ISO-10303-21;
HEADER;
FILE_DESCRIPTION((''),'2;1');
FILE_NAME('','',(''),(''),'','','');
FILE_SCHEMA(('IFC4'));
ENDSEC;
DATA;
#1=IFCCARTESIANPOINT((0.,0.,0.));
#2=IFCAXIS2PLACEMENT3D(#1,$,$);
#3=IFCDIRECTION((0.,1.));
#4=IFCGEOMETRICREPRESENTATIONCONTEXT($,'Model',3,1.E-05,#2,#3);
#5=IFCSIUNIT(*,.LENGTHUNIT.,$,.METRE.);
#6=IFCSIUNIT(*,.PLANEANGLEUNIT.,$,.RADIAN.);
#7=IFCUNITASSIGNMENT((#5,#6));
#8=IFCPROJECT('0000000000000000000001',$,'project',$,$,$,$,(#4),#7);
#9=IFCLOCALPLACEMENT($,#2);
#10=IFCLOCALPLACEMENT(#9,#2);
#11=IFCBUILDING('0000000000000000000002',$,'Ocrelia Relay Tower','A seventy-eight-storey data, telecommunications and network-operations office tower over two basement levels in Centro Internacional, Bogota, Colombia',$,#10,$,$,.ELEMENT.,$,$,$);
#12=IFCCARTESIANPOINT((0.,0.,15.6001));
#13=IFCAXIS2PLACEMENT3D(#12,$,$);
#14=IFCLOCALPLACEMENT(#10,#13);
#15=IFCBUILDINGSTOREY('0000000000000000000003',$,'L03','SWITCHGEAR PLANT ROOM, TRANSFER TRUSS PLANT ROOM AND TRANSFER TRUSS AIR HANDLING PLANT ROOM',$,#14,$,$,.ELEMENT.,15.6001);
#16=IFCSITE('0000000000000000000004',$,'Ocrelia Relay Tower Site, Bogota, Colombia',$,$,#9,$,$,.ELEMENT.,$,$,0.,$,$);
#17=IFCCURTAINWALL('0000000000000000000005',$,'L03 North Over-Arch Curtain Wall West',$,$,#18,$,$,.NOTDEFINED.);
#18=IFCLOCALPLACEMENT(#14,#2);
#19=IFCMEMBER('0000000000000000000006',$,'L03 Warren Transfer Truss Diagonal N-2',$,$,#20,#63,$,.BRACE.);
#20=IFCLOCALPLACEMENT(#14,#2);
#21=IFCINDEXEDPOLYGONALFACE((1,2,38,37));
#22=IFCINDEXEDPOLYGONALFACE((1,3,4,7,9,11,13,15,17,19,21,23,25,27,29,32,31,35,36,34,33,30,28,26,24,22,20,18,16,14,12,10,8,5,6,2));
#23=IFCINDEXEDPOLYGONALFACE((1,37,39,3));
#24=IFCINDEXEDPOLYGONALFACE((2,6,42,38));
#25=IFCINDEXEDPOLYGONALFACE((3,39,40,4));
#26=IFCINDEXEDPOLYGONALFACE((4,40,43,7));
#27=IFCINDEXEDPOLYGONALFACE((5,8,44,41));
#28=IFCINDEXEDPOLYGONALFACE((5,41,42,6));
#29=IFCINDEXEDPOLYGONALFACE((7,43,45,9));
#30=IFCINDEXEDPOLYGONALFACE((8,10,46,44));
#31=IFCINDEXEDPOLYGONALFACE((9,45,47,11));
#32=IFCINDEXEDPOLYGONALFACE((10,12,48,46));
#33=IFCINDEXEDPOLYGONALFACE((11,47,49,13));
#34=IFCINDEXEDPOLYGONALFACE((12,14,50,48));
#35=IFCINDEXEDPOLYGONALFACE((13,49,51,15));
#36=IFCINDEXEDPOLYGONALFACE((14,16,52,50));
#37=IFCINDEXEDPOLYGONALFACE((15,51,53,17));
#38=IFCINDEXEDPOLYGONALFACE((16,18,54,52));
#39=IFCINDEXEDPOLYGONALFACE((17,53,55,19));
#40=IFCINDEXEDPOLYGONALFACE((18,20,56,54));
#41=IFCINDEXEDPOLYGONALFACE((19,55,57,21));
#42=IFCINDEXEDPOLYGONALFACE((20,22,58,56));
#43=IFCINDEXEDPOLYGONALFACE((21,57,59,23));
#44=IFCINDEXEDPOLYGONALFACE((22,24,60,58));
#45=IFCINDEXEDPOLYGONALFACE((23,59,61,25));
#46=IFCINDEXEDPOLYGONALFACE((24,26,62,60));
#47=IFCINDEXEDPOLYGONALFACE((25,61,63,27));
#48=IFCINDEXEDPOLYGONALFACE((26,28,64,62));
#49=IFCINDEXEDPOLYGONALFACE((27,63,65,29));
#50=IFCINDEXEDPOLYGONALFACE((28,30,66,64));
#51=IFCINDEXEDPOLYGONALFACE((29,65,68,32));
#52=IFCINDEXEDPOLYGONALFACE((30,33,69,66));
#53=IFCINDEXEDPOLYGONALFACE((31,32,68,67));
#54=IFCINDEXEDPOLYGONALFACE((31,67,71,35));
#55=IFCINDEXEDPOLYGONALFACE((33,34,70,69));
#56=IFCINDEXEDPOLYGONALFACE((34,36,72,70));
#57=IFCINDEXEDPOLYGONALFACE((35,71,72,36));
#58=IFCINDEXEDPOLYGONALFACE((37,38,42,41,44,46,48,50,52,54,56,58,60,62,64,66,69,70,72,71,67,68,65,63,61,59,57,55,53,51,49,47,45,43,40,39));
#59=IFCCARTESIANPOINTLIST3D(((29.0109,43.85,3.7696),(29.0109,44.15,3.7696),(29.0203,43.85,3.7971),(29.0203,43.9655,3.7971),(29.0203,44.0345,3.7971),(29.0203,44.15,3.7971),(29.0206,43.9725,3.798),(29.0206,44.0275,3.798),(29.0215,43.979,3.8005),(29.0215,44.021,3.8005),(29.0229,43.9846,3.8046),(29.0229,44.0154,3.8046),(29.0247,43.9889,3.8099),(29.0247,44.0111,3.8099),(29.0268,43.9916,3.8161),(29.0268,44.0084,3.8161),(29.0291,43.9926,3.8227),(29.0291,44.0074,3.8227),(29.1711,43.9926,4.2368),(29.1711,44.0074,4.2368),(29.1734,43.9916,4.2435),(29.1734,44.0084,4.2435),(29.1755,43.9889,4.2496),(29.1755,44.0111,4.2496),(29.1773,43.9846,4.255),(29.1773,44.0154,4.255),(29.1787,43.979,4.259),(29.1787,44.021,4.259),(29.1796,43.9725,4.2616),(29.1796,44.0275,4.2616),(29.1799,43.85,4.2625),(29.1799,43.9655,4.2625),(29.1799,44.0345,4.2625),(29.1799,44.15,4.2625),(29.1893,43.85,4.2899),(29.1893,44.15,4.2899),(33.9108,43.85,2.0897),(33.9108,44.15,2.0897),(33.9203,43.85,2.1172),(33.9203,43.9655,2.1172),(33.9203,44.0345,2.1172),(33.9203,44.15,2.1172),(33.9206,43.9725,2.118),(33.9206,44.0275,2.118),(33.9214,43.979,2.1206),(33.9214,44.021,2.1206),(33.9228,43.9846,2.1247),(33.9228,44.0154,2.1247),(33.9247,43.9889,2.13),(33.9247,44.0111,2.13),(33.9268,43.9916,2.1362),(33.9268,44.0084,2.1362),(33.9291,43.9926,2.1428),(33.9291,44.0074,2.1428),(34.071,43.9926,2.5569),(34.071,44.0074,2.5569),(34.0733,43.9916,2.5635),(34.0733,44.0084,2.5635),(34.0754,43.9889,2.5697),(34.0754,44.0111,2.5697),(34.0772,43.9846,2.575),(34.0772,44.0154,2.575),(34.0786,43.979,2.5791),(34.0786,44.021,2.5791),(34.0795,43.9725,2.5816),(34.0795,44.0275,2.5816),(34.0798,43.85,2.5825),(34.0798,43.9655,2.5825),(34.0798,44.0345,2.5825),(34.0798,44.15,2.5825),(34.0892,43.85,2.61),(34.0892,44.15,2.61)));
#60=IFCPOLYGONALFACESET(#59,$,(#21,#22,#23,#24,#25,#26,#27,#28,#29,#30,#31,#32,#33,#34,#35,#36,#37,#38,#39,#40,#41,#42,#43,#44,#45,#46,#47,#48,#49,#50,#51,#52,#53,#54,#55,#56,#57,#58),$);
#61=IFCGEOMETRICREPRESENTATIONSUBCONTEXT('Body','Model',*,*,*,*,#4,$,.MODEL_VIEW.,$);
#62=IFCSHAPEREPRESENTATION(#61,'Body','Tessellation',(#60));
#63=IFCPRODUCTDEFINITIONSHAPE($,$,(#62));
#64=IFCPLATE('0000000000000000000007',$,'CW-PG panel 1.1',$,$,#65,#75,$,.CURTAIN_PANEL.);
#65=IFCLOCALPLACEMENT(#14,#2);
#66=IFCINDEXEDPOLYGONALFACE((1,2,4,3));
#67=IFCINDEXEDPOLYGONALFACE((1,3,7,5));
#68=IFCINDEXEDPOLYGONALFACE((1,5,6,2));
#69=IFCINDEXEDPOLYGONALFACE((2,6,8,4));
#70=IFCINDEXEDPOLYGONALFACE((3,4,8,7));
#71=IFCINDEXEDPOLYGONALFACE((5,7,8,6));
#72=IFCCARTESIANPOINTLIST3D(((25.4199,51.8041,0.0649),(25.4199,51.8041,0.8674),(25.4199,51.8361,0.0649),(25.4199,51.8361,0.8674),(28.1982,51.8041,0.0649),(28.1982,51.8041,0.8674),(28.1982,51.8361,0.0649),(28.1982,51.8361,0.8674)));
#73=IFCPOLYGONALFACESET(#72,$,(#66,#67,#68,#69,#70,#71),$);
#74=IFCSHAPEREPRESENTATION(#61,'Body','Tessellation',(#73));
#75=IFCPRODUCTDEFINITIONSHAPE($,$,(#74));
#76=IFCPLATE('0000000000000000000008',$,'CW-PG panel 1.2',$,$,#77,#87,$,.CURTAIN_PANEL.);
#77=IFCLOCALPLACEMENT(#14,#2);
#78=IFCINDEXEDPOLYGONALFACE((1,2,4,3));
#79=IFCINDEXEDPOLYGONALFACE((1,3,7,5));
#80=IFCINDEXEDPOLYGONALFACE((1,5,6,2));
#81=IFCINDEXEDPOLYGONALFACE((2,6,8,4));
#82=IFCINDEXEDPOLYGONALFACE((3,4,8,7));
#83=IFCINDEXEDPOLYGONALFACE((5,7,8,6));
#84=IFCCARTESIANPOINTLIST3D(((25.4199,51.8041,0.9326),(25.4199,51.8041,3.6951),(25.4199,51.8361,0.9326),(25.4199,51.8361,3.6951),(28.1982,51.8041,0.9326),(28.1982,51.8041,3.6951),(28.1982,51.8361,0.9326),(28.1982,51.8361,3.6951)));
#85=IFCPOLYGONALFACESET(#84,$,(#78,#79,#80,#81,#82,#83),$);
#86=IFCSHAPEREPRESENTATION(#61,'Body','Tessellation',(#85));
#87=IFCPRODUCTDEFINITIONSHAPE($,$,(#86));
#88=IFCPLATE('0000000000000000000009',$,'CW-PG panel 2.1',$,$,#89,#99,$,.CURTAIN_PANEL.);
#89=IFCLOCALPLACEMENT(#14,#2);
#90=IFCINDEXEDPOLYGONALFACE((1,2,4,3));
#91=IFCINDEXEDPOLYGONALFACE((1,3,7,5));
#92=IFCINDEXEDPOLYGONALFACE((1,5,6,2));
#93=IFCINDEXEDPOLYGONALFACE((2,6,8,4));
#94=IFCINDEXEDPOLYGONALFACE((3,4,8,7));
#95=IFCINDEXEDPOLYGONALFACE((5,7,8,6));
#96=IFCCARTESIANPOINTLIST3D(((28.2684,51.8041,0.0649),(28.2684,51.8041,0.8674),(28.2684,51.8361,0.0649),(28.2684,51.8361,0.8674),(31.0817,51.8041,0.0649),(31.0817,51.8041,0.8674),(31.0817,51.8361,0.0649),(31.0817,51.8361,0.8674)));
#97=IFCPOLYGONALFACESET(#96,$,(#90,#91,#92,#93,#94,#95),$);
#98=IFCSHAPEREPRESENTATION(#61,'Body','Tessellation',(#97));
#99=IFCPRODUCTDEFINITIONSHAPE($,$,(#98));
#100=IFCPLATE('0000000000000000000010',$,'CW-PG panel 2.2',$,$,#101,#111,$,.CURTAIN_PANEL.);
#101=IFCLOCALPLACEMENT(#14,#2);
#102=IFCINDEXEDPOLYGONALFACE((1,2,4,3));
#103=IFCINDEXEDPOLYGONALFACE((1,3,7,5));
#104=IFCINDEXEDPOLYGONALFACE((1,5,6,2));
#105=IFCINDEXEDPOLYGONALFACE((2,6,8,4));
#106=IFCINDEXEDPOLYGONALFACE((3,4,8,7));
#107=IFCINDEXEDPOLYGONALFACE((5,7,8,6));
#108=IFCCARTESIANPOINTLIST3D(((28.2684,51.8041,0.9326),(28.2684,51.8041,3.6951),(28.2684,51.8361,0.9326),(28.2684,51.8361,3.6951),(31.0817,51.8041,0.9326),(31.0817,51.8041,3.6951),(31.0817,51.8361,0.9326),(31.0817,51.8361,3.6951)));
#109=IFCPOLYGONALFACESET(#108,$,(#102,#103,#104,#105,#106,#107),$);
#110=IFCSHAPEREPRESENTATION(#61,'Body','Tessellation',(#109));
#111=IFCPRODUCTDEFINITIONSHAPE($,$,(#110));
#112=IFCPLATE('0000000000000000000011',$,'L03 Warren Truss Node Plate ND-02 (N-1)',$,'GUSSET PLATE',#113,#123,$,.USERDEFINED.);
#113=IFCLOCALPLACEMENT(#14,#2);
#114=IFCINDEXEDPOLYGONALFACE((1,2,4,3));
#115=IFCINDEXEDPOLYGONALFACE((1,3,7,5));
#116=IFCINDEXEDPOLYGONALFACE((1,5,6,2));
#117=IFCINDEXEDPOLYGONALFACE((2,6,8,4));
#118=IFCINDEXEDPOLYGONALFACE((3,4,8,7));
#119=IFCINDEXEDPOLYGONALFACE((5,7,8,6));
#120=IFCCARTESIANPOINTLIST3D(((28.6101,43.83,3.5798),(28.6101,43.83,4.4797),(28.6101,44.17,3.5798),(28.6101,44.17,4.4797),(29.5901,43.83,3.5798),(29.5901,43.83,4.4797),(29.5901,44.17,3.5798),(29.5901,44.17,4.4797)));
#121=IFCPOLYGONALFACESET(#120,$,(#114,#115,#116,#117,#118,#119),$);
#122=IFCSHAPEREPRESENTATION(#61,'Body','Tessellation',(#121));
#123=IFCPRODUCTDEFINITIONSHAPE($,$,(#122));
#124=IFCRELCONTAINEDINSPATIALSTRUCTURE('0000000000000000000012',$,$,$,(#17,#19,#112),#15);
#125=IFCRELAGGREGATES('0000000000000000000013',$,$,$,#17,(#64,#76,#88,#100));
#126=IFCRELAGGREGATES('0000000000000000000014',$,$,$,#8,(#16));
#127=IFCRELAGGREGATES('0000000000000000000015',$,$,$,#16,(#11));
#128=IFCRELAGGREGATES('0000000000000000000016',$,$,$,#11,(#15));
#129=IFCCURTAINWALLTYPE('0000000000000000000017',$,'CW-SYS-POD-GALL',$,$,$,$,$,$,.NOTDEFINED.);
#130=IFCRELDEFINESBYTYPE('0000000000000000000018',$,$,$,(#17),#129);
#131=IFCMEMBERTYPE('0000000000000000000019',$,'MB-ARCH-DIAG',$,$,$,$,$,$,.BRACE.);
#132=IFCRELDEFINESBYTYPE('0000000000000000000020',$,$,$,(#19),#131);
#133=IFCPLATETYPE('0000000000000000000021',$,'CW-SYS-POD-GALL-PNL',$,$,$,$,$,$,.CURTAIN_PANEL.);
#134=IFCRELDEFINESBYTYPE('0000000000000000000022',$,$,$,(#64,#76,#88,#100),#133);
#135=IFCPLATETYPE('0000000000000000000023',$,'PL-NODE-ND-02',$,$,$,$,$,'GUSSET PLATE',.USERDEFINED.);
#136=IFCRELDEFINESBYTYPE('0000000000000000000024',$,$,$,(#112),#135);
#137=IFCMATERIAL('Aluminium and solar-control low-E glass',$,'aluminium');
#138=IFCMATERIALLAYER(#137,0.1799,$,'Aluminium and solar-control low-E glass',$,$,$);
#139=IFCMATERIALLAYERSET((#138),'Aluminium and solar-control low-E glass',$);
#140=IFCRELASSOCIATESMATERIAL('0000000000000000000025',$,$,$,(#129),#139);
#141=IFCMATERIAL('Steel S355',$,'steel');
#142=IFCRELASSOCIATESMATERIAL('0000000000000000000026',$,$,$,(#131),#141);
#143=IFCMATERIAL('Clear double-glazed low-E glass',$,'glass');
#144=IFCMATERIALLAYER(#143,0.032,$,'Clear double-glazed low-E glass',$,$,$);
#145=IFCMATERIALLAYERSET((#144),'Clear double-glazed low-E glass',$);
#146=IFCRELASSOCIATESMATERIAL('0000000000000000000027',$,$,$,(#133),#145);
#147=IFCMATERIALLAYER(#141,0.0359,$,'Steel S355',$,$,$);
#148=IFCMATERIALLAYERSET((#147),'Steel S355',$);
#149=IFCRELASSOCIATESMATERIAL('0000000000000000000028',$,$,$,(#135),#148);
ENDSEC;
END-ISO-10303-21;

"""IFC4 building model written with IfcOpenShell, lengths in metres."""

from ifc_helpers import new_model, si_unit, direction, frame, origin, origin_2d, place, context, subcontext, project, spatial, rectangle, i_section, extrude, material, layer, layer_set, material_profile, profile_set, type_object, element, aggregate, save


model = new_model("IFC4")

# Units and contexts
model_context = context("Model", 3, precision=1e-05, world=origin(), true_north=direction((0.0, 1.0)))
body_context = subcontext(model_context, "Body", "Model", "MODEL_VIEW")
ifc_project = project(units=[si_unit("LENGTHUNIT", "METRE"), si_unit("PLANEANGLEUNIT", "RADIAN")], contexts=[model_context])

# Site, building, storey
site_placement = place(None, origin())
site = spatial("IfcSite", under=ifc_project, at=site_placement, Name="Ocrelia Relay Tower Site, Bogota, Colombia", CompositionType="ELEMENT", RefElevation=0.0)
building_placement = place(site_placement, origin())
building = spatial("IfcBuilding", under=site, at=building_placement, Name="Ocrelia Relay Tower", Description="A seventy-eight-storey data, telecommunications and network-operations office tower over two basement levels in Centro Internacional, Bogota, Colombia", CompositionType="ELEMENT")
storey_placement = place(building_placement, frame((0.0, 0.0, 15.6001)))
storey = spatial("IfcBuildingStorey", under=building, at=storey_placement, Name="L03", Description="SWITCHGEAR PLANT ROOM, TRANSFER TRUSS PLANT ROOM AND TRANSFER TRUSS AIR HANDLING PLANT ROOM", CompositionType="ELEMENT", Elevation=15.6001)

# Shared definitions
ifc_material_1 = material(Name="Steel S355", Category="steel")

# Curtain wall
ifc_material_2 = material(Name="Aluminium and solar-control low-E glass", Category="aluminium")
ifc_layer_1 = layer(ifc_material_2, 0.1799, Name="Aluminium and solar-control low-E glass")
ifc_layer_set_1 = layer_set([ifc_layer_1], Name="Aluminium and solar-control low-E glass")
curtain_wall_type = type_object("IfcCurtainWallType", Name="CW-SYS-POD-GALL", PredefinedType="NOTDEFINED", material=ifc_layer_set_1)
curtain_wall_placement = place(storey_placement, origin())
curtain_wall = element("IfcCurtainWall", 1, at=curtain_wall_placement, inside=storey, type_object=curtain_wall_type, Name="L03 North Over-Arch Curtain Wall West", PredefinedType="NOTDEFINED")

# Member
ifc_material_profile_1 = material_profile(ifc_material_1, i_section(OverallWidth=0.3, OverallDepth=0.55, WebThickness=0.0149, FlangeThickness=0.0291, FilletRadius=0.0271, at=origin_2d()), Name="HEB 550")
ifc_profile_set_1 = profile_set([ifc_material_profile_1], Name="Steel S355")
member_type_1 = type_object("IfcMemberType", Name="MB-ARCH-DIAG", PredefinedType="BRACE", material=ifc_profile_set_1)
member_1_placement = place(storey_placement, frame((29.1001, 44.0, 4.0298), z_axis=(0.945948, 0.0, -0.324318), x_axis=(0.0, 1.0, 0.0)))
element("IfcMember", 2, at=member_1_placement, inside=storey, type_object=member_type_1, Name="L03 Warren Transfer Truss Diagonal N-2", PredefinedType="BRACE", context=body_context, shape_type="SweptSolid", body=[
    extrude(i_section(OverallWidth=0.3, OverallDepth=0.55, WebThickness=0.0149, FlangeThickness=0.0291, FilletRadius=0.0271, at=origin_2d()), origin(), (0.0, 0.0, 1.0), 5.1799),
])

# Plates
ifc_material_3 = material(Name="Clear double-glazed low-E glass", Category="glass")
ifc_layer_2 = layer(ifc_material_3, 0.032, Name="Clear double-glazed low-E glass")
ifc_layer_set_2 = layer_set([ifc_layer_2], Name="Clear double-glazed low-E glass")
plate_type_1 = type_object("IfcPlateType", Name="CW-SYS-POD-GALL-PNL", PredefinedType="CURTAIN_PANEL", material=ifc_layer_set_2)
plate_1_placement = place(storey_placement, frame((26.8091, 51.8201, 0.0649), z_axis=(0.0, 0.0, 1.0), x_axis=(1.0, 0.0, 0.0)))
plate_1 = element("IfcPlate", 3, at=plate_1_placement, type_object=plate_type_1, Name="CW-PG panel 1.1", PredefinedType="CURTAIN_PANEL", context=body_context, shape_type="SweptSolid", body=[
    extrude(rectangle(XDim=2.7783, YDim=0.032, at=origin_2d()), origin(), (0.0, 0.0, 1.0), 0.8025),
])
plate_2_placement = place(storey_placement, frame((26.8091, 51.8201, 0.9326), z_axis=(0.0, 0.0, 1.0), x_axis=(1.0, 0.0, 0.0)))
plate_2 = element("IfcPlate", 4, at=plate_2_placement, type_object=plate_type_1, Name="CW-PG panel 1.2", PredefinedType="CURTAIN_PANEL", context=body_context, shape_type="SweptSolid", body=[
    extrude(rectangle(XDim=2.7783, YDim=0.032, at=origin_2d()), origin(), (0.0, 0.0, 1.0), 2.7625),
])
plate_3_placement = place(storey_placement, frame((29.675, 51.8201, 0.0649), z_axis=(0.0, 0.0, 1.0), x_axis=(1.0, 0.0, 0.0)))
plate_3 = element("IfcPlate", 5, at=plate_3_placement, type_object=plate_type_1, Name="CW-PG panel 2.1", PredefinedType="CURTAIN_PANEL", context=body_context, shape_type="SweptSolid", body=[
    extrude(rectangle(XDim=2.8132, YDim=0.032, at=origin_2d()), origin(), (0.0, 0.0, 1.0), 0.8025),
])
plate_4_placement = place(storey_placement, frame((29.675, 51.8201, 0.9326), z_axis=(0.0, 0.0, 1.0), x_axis=(1.0, 0.0, 0.0)))
plate_4 = element("IfcPlate", 6, at=plate_4_placement, type_object=plate_type_1, Name="CW-PG panel 2.2", PredefinedType="CURTAIN_PANEL", context=body_context, shape_type="SweptSolid", body=[
    extrude(rectangle(XDim=2.8132, YDim=0.032, at=origin_2d()), origin(), (0.0, 0.0, 1.0), 2.7625),
])
aggregate(curtain_wall, [plate_1, plate_2, plate_3, plate_4])
ifc_layer_3 = layer(ifc_material_1, 0.0359, Name="Steel S355")
ifc_layer_set_3 = layer_set([ifc_layer_3], Name="Steel S355")
plate_type_2 = type_object("IfcPlateType", Name="PL-NODE-ND-02", ElementType="GUSSET PLATE", PredefinedType="USERDEFINED", material=ifc_layer_set_3)
plate_5_placement = place(storey_placement, frame((29.1001, 44.0, 3.5798), z_axis=(0.0, 0.0, 1.0), x_axis=(1.0, 0.0, 0.0)))
element("IfcPlate", 7, at=plate_5_placement, inside=storey, type_object=plate_type_2, Name="L03 Warren Truss Node Plate ND-02 (N-1)", ObjectType="GUSSET PLATE", PredefinedType="USERDEFINED", context=body_context, shape_type="SweptSolid", body=[
    extrude(rectangle(XDim=0.98, YDim=0.3401, at=origin_2d()), origin(), (0.0, 0.0, 1.0), 0.8999),
])

save(model, "model.ifc")
